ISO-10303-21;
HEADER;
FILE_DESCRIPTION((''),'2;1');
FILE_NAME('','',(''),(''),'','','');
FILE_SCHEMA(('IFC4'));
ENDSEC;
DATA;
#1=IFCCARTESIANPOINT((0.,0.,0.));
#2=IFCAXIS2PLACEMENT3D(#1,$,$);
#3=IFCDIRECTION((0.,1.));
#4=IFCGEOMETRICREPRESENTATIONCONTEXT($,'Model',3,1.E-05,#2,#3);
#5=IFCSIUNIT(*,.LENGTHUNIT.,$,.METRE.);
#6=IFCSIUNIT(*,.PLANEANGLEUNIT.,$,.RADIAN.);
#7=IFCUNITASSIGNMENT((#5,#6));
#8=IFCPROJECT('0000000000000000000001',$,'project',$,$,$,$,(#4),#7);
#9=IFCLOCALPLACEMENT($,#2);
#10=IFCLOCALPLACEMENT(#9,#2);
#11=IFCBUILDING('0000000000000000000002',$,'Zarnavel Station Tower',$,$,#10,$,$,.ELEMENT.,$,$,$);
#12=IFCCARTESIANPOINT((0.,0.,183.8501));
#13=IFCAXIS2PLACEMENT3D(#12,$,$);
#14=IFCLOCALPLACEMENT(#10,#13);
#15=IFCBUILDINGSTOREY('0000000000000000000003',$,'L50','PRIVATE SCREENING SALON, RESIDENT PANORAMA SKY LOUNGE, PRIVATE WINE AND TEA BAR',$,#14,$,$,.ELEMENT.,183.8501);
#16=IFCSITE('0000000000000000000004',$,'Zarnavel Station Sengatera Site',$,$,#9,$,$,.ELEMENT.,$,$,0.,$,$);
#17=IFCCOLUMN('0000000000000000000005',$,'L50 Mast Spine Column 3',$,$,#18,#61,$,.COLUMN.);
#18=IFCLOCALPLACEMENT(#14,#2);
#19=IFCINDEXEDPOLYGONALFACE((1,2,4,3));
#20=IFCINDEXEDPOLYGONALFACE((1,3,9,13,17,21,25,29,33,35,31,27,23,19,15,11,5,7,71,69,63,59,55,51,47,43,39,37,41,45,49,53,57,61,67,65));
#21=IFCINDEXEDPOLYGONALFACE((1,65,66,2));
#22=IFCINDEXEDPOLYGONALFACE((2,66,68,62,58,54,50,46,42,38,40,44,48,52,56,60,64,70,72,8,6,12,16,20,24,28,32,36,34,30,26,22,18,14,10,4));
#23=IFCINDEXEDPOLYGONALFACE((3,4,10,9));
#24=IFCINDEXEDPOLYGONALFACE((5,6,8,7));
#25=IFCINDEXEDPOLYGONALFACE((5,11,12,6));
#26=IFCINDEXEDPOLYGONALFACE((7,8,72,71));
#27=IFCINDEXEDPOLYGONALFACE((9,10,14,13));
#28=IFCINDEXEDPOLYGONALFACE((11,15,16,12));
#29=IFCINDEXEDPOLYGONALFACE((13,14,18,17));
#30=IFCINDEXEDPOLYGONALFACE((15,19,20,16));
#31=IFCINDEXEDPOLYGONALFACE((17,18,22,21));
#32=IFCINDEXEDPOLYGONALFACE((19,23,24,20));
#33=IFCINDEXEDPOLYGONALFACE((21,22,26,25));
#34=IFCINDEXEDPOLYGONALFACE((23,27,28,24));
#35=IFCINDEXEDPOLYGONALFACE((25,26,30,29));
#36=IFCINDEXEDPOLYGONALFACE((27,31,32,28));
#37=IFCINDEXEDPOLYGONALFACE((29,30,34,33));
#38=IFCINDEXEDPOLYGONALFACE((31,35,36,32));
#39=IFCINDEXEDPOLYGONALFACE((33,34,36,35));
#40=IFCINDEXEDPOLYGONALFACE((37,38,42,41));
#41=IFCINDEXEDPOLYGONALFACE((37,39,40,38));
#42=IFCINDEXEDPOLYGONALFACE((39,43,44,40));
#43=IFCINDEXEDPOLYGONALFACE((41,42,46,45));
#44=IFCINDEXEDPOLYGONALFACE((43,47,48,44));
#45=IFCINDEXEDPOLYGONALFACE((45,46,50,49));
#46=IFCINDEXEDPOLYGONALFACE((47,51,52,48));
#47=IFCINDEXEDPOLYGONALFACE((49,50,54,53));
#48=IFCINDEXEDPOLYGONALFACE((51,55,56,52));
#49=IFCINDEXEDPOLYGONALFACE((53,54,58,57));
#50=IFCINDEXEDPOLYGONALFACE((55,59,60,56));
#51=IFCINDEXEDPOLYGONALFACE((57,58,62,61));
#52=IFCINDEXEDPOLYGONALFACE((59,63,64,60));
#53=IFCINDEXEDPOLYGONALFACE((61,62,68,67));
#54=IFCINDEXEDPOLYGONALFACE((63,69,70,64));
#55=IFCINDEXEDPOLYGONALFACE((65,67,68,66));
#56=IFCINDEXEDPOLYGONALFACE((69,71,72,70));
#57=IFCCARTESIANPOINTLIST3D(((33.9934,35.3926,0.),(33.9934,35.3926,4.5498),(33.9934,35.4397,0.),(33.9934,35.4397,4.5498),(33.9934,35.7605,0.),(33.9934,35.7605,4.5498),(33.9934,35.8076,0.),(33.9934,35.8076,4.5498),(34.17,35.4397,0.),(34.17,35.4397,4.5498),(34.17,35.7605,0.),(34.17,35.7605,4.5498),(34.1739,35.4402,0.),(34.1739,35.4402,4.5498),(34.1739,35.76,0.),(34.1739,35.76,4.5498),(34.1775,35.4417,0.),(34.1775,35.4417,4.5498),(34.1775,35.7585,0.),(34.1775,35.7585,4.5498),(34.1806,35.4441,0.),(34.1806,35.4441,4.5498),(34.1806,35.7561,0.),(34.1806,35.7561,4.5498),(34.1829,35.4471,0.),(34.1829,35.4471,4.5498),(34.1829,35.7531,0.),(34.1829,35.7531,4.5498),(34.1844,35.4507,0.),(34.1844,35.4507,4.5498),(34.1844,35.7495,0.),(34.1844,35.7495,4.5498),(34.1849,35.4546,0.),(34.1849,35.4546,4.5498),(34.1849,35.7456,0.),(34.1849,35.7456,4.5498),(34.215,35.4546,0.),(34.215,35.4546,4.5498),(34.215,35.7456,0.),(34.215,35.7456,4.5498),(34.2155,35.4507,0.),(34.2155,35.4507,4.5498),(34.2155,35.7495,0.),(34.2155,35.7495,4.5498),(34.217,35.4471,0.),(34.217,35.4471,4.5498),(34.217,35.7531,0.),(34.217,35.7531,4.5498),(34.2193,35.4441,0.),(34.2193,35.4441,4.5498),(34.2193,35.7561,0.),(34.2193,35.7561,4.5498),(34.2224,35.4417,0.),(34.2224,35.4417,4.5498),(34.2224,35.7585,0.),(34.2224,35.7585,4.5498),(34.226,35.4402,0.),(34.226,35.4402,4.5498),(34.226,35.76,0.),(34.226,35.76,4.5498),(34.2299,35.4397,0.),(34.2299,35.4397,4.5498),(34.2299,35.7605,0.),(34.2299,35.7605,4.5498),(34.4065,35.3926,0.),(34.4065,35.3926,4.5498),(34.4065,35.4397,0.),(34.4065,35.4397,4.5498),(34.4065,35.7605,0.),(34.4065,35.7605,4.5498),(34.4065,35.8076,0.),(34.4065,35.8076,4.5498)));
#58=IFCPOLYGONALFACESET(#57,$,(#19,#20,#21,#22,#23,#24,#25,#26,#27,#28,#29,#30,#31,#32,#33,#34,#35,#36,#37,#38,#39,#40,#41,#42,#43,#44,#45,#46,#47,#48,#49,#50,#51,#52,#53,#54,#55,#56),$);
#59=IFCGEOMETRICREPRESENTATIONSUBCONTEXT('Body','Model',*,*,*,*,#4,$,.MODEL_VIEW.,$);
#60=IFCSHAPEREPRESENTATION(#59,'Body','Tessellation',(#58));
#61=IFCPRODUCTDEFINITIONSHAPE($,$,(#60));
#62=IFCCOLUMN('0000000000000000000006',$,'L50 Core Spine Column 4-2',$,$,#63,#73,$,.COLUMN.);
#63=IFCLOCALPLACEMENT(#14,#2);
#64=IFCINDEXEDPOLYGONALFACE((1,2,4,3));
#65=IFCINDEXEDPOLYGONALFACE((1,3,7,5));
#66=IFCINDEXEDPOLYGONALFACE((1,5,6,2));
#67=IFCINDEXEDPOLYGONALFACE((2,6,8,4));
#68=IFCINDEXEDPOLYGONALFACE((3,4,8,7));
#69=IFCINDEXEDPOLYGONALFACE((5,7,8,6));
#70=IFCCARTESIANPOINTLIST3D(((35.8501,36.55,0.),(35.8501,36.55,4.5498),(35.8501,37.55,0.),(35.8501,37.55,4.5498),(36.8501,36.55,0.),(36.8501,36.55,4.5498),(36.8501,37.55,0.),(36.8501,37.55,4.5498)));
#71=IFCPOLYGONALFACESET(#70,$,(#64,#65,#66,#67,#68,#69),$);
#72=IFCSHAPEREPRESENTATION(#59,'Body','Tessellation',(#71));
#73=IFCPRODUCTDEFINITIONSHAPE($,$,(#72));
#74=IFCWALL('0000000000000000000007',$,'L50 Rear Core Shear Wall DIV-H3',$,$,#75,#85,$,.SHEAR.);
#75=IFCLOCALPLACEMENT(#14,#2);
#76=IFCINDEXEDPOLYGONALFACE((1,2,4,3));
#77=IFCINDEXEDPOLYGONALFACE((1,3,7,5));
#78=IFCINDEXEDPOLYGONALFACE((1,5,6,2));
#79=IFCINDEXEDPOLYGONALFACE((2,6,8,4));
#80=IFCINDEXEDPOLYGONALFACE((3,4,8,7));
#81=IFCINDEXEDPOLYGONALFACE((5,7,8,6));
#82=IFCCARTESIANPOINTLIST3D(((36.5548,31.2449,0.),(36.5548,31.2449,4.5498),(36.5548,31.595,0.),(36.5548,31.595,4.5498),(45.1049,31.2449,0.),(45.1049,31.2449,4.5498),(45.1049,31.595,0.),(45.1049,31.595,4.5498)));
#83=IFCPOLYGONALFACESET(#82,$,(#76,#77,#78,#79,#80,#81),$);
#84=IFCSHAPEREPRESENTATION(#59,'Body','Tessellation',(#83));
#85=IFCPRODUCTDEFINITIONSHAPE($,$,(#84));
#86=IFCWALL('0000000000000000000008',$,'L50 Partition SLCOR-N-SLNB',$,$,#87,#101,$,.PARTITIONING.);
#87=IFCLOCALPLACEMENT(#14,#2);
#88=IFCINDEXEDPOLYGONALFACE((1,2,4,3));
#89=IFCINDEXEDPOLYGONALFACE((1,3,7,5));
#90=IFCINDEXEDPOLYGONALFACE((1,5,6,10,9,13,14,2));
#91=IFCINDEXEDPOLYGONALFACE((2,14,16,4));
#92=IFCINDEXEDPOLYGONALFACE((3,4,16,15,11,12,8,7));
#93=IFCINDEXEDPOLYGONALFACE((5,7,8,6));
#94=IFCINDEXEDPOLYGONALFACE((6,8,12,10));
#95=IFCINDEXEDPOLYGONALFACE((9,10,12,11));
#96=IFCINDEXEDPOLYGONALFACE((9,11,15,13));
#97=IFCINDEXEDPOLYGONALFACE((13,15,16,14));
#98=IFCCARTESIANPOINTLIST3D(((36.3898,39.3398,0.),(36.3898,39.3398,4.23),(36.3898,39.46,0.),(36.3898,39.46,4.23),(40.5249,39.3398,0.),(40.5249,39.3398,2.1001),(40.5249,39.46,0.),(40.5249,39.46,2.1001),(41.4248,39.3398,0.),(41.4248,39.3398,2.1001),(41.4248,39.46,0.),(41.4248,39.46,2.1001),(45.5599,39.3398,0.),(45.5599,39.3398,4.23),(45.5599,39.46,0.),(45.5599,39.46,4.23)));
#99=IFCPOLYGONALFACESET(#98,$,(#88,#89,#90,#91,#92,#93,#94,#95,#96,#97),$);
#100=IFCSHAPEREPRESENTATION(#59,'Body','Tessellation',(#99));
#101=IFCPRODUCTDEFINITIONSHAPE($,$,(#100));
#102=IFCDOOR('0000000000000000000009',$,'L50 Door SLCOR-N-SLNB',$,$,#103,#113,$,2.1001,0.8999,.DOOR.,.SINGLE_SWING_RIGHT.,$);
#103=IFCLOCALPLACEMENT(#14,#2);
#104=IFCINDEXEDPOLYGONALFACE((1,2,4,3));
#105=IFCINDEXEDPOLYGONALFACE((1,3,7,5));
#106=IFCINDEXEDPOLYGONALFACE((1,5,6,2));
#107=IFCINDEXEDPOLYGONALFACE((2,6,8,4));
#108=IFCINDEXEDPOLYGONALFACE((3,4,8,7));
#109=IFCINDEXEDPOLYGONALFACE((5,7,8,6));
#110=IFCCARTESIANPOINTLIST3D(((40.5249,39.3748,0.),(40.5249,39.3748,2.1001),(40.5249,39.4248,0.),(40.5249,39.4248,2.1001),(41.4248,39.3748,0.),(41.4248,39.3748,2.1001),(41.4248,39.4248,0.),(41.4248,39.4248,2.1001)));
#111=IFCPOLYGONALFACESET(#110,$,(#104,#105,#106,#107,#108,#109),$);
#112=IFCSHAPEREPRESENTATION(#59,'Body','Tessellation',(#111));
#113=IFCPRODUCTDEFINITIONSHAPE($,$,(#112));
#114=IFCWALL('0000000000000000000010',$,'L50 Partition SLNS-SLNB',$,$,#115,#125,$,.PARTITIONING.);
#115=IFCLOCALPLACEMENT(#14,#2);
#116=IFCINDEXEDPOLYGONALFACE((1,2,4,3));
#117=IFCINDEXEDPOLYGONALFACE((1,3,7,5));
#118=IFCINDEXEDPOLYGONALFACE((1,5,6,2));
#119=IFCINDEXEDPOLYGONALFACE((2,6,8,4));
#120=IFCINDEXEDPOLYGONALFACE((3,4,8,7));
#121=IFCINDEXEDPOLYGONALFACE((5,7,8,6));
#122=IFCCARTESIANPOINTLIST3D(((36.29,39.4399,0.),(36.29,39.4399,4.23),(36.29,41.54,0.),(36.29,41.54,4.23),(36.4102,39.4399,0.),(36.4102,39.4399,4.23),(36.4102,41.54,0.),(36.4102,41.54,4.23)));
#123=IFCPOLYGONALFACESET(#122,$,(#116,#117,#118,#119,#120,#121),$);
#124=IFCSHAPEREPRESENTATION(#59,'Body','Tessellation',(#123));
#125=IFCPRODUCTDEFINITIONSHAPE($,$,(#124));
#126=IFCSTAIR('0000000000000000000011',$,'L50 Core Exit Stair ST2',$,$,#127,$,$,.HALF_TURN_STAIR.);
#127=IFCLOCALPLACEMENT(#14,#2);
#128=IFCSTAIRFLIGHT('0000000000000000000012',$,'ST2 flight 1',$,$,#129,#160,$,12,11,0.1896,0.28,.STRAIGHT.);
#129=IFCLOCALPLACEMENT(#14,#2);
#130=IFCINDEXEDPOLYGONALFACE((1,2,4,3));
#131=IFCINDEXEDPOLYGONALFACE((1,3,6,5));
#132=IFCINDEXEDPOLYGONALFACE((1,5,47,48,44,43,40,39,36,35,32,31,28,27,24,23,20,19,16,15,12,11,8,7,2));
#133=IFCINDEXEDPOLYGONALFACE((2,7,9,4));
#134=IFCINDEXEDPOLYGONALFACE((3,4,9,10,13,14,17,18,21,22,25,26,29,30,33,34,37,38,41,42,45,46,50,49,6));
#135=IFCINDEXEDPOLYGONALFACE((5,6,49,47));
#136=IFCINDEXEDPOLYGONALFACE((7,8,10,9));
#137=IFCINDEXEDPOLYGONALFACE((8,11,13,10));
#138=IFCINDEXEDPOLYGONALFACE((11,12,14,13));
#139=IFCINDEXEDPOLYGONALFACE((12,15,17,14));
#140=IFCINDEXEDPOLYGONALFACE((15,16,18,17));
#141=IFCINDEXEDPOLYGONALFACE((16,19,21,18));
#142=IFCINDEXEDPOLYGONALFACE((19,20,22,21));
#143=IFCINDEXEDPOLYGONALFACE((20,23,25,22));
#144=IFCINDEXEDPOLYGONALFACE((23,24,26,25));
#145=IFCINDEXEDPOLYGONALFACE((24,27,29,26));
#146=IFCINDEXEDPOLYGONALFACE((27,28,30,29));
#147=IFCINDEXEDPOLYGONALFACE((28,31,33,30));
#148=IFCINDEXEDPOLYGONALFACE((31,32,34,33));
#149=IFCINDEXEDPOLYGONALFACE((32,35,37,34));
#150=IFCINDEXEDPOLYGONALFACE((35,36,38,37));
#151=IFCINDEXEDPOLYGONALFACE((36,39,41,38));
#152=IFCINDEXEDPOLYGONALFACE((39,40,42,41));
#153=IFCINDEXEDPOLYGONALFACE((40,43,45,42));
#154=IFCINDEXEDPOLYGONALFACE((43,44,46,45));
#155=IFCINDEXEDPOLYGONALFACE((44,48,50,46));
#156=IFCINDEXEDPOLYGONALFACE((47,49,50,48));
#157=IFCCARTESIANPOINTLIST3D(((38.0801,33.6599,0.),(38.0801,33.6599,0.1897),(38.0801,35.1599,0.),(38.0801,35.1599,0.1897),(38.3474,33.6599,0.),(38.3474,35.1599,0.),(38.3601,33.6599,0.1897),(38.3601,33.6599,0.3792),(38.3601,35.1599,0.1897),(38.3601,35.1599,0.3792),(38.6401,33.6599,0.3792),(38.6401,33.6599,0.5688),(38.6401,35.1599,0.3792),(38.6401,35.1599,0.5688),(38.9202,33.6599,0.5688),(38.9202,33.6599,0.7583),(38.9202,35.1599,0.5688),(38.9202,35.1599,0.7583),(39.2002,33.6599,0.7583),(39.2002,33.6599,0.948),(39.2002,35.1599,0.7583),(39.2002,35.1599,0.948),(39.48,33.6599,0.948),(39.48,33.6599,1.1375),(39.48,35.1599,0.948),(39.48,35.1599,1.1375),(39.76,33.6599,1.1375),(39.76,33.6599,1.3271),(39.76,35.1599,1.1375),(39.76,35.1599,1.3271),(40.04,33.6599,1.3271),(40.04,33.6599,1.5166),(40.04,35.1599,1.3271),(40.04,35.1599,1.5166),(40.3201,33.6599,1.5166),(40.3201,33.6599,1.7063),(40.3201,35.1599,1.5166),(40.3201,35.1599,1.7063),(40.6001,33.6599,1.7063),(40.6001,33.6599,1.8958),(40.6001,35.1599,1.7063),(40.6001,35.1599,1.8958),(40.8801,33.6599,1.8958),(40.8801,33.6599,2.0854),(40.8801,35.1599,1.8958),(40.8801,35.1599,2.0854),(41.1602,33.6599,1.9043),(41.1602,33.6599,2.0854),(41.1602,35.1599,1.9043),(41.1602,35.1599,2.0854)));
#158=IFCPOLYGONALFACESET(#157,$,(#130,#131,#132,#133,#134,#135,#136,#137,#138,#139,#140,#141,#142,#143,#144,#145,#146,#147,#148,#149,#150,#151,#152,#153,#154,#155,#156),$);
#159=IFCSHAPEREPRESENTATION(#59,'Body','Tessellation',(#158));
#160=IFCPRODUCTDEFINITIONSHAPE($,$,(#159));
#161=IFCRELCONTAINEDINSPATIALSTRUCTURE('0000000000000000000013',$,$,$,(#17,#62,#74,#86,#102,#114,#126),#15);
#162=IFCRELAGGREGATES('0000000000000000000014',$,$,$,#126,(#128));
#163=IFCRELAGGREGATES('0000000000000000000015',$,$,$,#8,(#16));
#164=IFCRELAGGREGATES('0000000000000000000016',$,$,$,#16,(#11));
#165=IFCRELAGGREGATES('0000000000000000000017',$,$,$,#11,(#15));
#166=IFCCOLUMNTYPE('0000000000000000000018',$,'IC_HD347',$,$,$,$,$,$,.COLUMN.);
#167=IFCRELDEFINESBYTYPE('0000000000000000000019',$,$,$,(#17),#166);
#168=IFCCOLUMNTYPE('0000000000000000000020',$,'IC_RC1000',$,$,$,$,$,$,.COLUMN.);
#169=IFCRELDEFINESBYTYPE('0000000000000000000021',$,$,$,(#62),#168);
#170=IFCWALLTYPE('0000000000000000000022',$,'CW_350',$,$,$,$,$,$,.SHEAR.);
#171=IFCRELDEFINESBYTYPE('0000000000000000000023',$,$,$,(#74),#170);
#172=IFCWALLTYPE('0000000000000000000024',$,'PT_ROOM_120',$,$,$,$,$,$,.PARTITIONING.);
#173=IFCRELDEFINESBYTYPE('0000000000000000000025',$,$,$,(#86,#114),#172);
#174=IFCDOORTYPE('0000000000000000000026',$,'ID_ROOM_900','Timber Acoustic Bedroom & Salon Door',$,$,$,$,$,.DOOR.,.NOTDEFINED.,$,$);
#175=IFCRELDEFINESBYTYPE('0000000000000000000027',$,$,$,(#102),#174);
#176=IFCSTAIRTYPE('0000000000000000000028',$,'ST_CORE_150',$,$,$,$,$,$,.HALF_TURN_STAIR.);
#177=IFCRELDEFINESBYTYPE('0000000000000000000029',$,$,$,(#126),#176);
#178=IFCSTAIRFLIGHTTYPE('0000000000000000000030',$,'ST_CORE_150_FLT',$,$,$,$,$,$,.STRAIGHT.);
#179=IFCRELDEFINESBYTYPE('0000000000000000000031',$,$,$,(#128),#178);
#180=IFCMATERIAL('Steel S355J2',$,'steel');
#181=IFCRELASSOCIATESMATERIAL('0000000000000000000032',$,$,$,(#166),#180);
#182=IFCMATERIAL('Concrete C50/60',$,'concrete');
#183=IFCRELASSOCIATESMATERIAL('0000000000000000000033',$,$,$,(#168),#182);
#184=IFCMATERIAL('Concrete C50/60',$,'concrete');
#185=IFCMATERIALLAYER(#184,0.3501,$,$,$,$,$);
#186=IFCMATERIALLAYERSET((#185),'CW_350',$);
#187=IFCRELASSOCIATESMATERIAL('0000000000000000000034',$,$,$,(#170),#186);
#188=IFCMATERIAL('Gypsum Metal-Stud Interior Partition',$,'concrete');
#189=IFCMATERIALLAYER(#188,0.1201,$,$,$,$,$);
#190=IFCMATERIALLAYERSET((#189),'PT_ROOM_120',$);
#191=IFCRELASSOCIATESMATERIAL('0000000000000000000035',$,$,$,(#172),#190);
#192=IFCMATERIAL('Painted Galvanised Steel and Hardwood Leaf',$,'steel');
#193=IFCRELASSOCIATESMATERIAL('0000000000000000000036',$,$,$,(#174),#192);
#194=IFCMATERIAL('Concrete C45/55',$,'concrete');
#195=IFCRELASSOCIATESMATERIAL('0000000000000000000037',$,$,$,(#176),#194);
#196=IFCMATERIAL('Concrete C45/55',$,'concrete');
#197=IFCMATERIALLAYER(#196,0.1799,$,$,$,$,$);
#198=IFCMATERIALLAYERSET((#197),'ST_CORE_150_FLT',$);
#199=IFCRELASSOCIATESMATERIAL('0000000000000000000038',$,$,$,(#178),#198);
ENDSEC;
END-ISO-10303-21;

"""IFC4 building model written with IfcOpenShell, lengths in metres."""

from ifc_helpers import new_model, si_unit, direction, frame, frame_2d, origin, origin_2d, place, context, subcontext, project, spatial, polyline, rectangle, i_section, outline, extrude, material, layer, layer_set, material_profile, profile_set, type_object, element, fill, aggregate, save


model = new_model("IFC4")

# Units and contexts
model_context = context("Model", 3, precision=1e-05, world=origin(), true_north=direction((0.0, 1.0)))
body_context = subcontext(model_context, "Body", "Model", "MODEL_VIEW")
ifc_project = project(units=[si_unit("LENGTHUNIT", "METRE"), si_unit("PLANEANGLEUNIT", "RADIAN")], contexts=[model_context])

# Site, building, storey
site_placement = place(None, origin())
site = spatial("IfcSite", under=ifc_project, at=site_placement, Name="Zarnavel Station Sengatera Site", CompositionType="ELEMENT", RefElevation=0.0)
building_placement = place(site_placement, origin())
building = spatial("IfcBuilding", under=site, at=building_placement, Name="Zarnavel Station Tower", CompositionType="ELEMENT")
storey_placement = place(building_placement, frame((0.0, 0.0, 183.8501)))
storey = spatial("IfcBuildingStorey", under=building, at=storey_placement, Name="L50", Description="PRIVATE SCREENING SALON, RESIDENT PANORAMA SKY LOUNGE, PRIVATE WINE AND TEA BAR", CompositionType="ELEMENT", Elevation=183.8501)

# Columns
ifc_material_1 = material(Name="Steel S355J2", Category="steel")
ifc_material_profile_1 = material_profile(ifc_material_1, i_section(OverallWidth=0.4131, OverallDepth=0.415, WebThickness=0.03, FlangeThickness=0.0471, FilletRadius=0.0149, at=origin_2d()), Name="HD400x347")
ifc_profile_set_1 = profile_set([ifc_material_profile_1], Name="Steel S355J2")
column_type_1 = type_object("IfcColumnType", Name="IC_HD347", PredefinedType="COLUMN", material=ifc_profile_set_1)
column_1_placement = place(storey_placement, frame((34.2, 35.6001, 0.0), z_axis=(0.0, 0.0, 1.0), x_axis=(1.0, 0.0, 0.0)))
element("IfcColumn", 1, at=column_1_placement, inside=storey, type_object=column_type_1, Name="L50 Mast Spine Column 3", PredefinedType="COLUMN", context=body_context, shape_type="SweptSolid", body=[
    extrude(i_section(OverallWidth=0.4131, OverallDepth=0.415, WebThickness=0.03, FlangeThickness=0.0471, FilletRadius=0.0149, at=origin_2d()), origin(), (0.0, 0.0, 1.0), 4.5498),
])
ifc_material_2 = material(Name="Concrete C50/60", Category="concrete")
ifc_material_profile_2 = material_profile(ifc_material_2, rectangle(XDim=1.0, YDim=1.0, at=origin_2d()), Name="RC1000x1000")
ifc_profile_set_2 = profile_set([ifc_material_profile_2], Name="Concrete C50/60")
column_type_2 = type_object("IfcColumnType", Name="IC_RC1000", PredefinedType="COLUMN", material=ifc_profile_set_2)
column_2_placement = place(storey_placement, frame((36.3501, 37.05, 0.0), z_axis=(0.0, 0.0, 1.0), x_axis=(1.0, 0.0, 0.0)))
element("IfcColumn", 2, at=column_2_placement, inside=storey, type_object=column_type_2, Name="L50 Core Spine Column 4-2", PredefinedType="COLUMN", context=body_context, shape_type="SweptSolid", body=[
    extrude(rectangle(XDim=1.0, YDim=1.0, at=origin_2d()), origin(), (0.0, 0.0, 1.0), 4.5498),
])

# Wall
ifc_material_3 = material(Name="Concrete C50/60", Category="concrete")
ifc_layer_1 = layer(ifc_material_3, 0.3501)
ifc_layer_set_1 = layer_set([ifc_layer_1], Name="CW_350")
wall_type_1 = type_object("IfcWallType", Name="CW_350", PredefinedType="SHEAR", material=ifc_layer_set_1)
wall_1_placement = place(storey_placement, frame((36.5549, 31.4199, 0.0), z_axis=(0.0, 0.0, 1.0), x_axis=(1.0, 0.0, 0.0)))
element("IfcWall", 3, at=wall_1_placement, inside=storey, type_object=wall_type_1, Name="L50 Rear Core Shear Wall DIV-H3", PredefinedType="SHEAR", context=body_context, shape_type="SweptSolid", body=[
    extrude(rectangle(XDim=8.55, YDim=0.3501, at=frame_2d((4.2749, 0.0))), origin(), (0.0, 0.0, 1.0), 4.5498),
])

# Wall, opening, door
ifc_material_4 = material(Name="Gypsum Metal-Stud Interior Partition", Category="concrete")
ifc_layer_2 = layer(ifc_material_4, 0.1201)
ifc_layer_set_2 = layer_set([ifc_layer_2], Name="PT_ROOM_120")
wall_type_2 = type_object("IfcWallType", Name="PT_ROOM_120", PredefinedType="PARTITIONING", material=ifc_layer_set_2)
wall_2_placement = place(storey_placement, frame((36.3899, 39.3999, 0.0), z_axis=(0.0, 0.0, 1.0), x_axis=(1.0, 0.0, 0.0)))
wall_2 = element("IfcWall", 4, at=wall_2_placement, inside=storey, type_object=wall_type_2, Name="L50 Partition SLCOR-N-SLNB", PredefinedType="PARTITIONING", context=body_context, shape_type="SweptSolid", body=[
    extrude(rectangle(XDim=9.1702, YDim=0.1201, at=frame_2d((4.585, 0.0))), origin(), (0.0, 0.0, 1.0), 4.23),
])
opening_1_placement = place(wall_2_placement, frame((4.135, 0.0, 0.0)))
opening_1 = element("IfcOpeningElement", 5, at=opening_1_placement, cuts=wall_2, PredefinedType="OPENING", context=body_context, shape_type="SweptSolid", body=[
    extrude(rectangle(XDim=0.8999, YDim=2.1001, at=frame_2d((0.45, 1.05))), frame((0.0, 0.0701, 0.0), z_axis=(0.0, -1.0, 0.0), x_axis=(1.0, 0.0, 0.0)), (0.0, 0.0, 1.0), 0.1401),
])
ifc_material_5 = material(Name="Painted Galvanised Steel and Hardwood Leaf", Category="steel")
door_type_1 = type_object("IfcDoorType", Name="ID_ROOM_900", Description="Timber Acoustic Bedroom & Salon Door", OperationType="NOTDEFINED", PredefinedType="DOOR", material=ifc_material_5)
door_1_placement = place(opening_1_placement, origin())
door_1 = element("IfcDoor", 6, at=door_1_placement, inside=storey, type_object=door_type_1, Name="L50 Door SLCOR-N-SLNB", OperationType="SINGLE_SWING_RIGHT", OverallHeight=2.1001, OverallWidth=0.8999, PredefinedType="DOOR", context=body_context, shape_type="SweptSolid", body=[
    extrude(rectangle(XDim=0.8999, YDim=2.1001, at=frame_2d((0.45, 1.05))), frame((0.0, 0.0249, 0.0), z_axis=(0.0, -1.0, 0.0), x_axis=(1.0, 0.0, 0.0)), (0.0, 0.0, 1.0), 0.05),
])
fill(opening_1, door_1)

# Wall
wall_3_placement = place(storey_placement, frame((36.3501, 39.4399, 0.0), z_axis=(0.0, 0.0, 1.0), x_axis=(0.0, 1.0, 0.0)))
element("IfcWall", 7, at=wall_3_placement, inside=storey, type_object=wall_type_2, Name="L50 Partition SLNS-SLNB", PredefinedType="PARTITIONING", context=body_context, shape_type="SweptSolid", body=[
    extrude(rectangle(XDim=2.1001, YDim=0.1201, at=frame_2d((1.05, 0.0))), origin(), (0.0, 0.0, 1.0), 4.23),
])

# Stair, stair flight
ifc_material_6 = material(Name="Concrete C45/55", Category="concrete")
stair_type = type_object("IfcStairType", Name="ST_CORE_150", PredefinedType="HALF_TURN_STAIR", material=ifc_material_6)
stair_placement = place(storey_placement, origin())
stair = element("IfcStair", 8, at=stair_placement, inside=storey, type_object=stair_type, Name="L50 Core Exit Stair ST2", PredefinedType="HALF_TURN_STAIR")
ifc_material_7 = material(Name="Concrete C45/55", Category="concrete")
ifc_layer_3 = layer(ifc_material_7, 0.1799)
ifc_layer_set_3 = layer_set([ifc_layer_3], Name="ST_CORE_150_FLT")
stair_flight_type = type_object("IfcStairFlightType", Name="ST_CORE_150_FLT", PredefinedType="STRAIGHT", material=ifc_layer_set_3)
stair_flight_1_placement = place(storey_placement, frame((38.0801, 34.4099, 0.0), z_axis=(0.0, 0.0, 1.0), x_axis=(1.0, 0.0, 0.0)))
stair_flight_1 = element("IfcStairFlight", 9, at=stair_flight_1_placement, type_object=stair_flight_type, Name="ST2 flight 1", NumberOfRisers=12, NumberOfTreads=11, PredefinedType="STRAIGHT", RiserHeight=0.1896, TreadLength=0.28, context=body_context, shape_type="SweptSolid", body=[
    extrude(outline(polyline([(0.0, 0.0), (0.0, 0.1897), (0.28, 0.1897), (0.28, 0.3792), (0.5601, 0.3792), (0.5601, 0.5688), (0.8401, 0.5688), (0.8401, 0.7583), (1.1201, 0.7583), (1.1201, 0.948), (1.3999, 0.948), (1.3999, 1.1375), (1.6799, 1.1375), (1.6799, 1.3271), (1.96, 1.3271), (1.96, 1.5166), (2.24, 1.5166), (2.24, 1.7063), (2.52, 1.7063), (2.52, 1.8958), (2.8, 1.8958), (2.8, 2.0854), (3.0801, 2.0854), (3.0801, 2.2749), (3.0801, 1.9043), (0.2673, 0.0), (0.0, 0.0)])), frame((0.0, 0.75, 0.0), z_axis=(0.0, -1.0, 0.0), x_axis=(1.0, 0.0, 0.0)), (0.0, 0.0, 1.0), 1.5),
])
aggregate(stair, [stair_flight_1])

save(model, "model.ifc")
